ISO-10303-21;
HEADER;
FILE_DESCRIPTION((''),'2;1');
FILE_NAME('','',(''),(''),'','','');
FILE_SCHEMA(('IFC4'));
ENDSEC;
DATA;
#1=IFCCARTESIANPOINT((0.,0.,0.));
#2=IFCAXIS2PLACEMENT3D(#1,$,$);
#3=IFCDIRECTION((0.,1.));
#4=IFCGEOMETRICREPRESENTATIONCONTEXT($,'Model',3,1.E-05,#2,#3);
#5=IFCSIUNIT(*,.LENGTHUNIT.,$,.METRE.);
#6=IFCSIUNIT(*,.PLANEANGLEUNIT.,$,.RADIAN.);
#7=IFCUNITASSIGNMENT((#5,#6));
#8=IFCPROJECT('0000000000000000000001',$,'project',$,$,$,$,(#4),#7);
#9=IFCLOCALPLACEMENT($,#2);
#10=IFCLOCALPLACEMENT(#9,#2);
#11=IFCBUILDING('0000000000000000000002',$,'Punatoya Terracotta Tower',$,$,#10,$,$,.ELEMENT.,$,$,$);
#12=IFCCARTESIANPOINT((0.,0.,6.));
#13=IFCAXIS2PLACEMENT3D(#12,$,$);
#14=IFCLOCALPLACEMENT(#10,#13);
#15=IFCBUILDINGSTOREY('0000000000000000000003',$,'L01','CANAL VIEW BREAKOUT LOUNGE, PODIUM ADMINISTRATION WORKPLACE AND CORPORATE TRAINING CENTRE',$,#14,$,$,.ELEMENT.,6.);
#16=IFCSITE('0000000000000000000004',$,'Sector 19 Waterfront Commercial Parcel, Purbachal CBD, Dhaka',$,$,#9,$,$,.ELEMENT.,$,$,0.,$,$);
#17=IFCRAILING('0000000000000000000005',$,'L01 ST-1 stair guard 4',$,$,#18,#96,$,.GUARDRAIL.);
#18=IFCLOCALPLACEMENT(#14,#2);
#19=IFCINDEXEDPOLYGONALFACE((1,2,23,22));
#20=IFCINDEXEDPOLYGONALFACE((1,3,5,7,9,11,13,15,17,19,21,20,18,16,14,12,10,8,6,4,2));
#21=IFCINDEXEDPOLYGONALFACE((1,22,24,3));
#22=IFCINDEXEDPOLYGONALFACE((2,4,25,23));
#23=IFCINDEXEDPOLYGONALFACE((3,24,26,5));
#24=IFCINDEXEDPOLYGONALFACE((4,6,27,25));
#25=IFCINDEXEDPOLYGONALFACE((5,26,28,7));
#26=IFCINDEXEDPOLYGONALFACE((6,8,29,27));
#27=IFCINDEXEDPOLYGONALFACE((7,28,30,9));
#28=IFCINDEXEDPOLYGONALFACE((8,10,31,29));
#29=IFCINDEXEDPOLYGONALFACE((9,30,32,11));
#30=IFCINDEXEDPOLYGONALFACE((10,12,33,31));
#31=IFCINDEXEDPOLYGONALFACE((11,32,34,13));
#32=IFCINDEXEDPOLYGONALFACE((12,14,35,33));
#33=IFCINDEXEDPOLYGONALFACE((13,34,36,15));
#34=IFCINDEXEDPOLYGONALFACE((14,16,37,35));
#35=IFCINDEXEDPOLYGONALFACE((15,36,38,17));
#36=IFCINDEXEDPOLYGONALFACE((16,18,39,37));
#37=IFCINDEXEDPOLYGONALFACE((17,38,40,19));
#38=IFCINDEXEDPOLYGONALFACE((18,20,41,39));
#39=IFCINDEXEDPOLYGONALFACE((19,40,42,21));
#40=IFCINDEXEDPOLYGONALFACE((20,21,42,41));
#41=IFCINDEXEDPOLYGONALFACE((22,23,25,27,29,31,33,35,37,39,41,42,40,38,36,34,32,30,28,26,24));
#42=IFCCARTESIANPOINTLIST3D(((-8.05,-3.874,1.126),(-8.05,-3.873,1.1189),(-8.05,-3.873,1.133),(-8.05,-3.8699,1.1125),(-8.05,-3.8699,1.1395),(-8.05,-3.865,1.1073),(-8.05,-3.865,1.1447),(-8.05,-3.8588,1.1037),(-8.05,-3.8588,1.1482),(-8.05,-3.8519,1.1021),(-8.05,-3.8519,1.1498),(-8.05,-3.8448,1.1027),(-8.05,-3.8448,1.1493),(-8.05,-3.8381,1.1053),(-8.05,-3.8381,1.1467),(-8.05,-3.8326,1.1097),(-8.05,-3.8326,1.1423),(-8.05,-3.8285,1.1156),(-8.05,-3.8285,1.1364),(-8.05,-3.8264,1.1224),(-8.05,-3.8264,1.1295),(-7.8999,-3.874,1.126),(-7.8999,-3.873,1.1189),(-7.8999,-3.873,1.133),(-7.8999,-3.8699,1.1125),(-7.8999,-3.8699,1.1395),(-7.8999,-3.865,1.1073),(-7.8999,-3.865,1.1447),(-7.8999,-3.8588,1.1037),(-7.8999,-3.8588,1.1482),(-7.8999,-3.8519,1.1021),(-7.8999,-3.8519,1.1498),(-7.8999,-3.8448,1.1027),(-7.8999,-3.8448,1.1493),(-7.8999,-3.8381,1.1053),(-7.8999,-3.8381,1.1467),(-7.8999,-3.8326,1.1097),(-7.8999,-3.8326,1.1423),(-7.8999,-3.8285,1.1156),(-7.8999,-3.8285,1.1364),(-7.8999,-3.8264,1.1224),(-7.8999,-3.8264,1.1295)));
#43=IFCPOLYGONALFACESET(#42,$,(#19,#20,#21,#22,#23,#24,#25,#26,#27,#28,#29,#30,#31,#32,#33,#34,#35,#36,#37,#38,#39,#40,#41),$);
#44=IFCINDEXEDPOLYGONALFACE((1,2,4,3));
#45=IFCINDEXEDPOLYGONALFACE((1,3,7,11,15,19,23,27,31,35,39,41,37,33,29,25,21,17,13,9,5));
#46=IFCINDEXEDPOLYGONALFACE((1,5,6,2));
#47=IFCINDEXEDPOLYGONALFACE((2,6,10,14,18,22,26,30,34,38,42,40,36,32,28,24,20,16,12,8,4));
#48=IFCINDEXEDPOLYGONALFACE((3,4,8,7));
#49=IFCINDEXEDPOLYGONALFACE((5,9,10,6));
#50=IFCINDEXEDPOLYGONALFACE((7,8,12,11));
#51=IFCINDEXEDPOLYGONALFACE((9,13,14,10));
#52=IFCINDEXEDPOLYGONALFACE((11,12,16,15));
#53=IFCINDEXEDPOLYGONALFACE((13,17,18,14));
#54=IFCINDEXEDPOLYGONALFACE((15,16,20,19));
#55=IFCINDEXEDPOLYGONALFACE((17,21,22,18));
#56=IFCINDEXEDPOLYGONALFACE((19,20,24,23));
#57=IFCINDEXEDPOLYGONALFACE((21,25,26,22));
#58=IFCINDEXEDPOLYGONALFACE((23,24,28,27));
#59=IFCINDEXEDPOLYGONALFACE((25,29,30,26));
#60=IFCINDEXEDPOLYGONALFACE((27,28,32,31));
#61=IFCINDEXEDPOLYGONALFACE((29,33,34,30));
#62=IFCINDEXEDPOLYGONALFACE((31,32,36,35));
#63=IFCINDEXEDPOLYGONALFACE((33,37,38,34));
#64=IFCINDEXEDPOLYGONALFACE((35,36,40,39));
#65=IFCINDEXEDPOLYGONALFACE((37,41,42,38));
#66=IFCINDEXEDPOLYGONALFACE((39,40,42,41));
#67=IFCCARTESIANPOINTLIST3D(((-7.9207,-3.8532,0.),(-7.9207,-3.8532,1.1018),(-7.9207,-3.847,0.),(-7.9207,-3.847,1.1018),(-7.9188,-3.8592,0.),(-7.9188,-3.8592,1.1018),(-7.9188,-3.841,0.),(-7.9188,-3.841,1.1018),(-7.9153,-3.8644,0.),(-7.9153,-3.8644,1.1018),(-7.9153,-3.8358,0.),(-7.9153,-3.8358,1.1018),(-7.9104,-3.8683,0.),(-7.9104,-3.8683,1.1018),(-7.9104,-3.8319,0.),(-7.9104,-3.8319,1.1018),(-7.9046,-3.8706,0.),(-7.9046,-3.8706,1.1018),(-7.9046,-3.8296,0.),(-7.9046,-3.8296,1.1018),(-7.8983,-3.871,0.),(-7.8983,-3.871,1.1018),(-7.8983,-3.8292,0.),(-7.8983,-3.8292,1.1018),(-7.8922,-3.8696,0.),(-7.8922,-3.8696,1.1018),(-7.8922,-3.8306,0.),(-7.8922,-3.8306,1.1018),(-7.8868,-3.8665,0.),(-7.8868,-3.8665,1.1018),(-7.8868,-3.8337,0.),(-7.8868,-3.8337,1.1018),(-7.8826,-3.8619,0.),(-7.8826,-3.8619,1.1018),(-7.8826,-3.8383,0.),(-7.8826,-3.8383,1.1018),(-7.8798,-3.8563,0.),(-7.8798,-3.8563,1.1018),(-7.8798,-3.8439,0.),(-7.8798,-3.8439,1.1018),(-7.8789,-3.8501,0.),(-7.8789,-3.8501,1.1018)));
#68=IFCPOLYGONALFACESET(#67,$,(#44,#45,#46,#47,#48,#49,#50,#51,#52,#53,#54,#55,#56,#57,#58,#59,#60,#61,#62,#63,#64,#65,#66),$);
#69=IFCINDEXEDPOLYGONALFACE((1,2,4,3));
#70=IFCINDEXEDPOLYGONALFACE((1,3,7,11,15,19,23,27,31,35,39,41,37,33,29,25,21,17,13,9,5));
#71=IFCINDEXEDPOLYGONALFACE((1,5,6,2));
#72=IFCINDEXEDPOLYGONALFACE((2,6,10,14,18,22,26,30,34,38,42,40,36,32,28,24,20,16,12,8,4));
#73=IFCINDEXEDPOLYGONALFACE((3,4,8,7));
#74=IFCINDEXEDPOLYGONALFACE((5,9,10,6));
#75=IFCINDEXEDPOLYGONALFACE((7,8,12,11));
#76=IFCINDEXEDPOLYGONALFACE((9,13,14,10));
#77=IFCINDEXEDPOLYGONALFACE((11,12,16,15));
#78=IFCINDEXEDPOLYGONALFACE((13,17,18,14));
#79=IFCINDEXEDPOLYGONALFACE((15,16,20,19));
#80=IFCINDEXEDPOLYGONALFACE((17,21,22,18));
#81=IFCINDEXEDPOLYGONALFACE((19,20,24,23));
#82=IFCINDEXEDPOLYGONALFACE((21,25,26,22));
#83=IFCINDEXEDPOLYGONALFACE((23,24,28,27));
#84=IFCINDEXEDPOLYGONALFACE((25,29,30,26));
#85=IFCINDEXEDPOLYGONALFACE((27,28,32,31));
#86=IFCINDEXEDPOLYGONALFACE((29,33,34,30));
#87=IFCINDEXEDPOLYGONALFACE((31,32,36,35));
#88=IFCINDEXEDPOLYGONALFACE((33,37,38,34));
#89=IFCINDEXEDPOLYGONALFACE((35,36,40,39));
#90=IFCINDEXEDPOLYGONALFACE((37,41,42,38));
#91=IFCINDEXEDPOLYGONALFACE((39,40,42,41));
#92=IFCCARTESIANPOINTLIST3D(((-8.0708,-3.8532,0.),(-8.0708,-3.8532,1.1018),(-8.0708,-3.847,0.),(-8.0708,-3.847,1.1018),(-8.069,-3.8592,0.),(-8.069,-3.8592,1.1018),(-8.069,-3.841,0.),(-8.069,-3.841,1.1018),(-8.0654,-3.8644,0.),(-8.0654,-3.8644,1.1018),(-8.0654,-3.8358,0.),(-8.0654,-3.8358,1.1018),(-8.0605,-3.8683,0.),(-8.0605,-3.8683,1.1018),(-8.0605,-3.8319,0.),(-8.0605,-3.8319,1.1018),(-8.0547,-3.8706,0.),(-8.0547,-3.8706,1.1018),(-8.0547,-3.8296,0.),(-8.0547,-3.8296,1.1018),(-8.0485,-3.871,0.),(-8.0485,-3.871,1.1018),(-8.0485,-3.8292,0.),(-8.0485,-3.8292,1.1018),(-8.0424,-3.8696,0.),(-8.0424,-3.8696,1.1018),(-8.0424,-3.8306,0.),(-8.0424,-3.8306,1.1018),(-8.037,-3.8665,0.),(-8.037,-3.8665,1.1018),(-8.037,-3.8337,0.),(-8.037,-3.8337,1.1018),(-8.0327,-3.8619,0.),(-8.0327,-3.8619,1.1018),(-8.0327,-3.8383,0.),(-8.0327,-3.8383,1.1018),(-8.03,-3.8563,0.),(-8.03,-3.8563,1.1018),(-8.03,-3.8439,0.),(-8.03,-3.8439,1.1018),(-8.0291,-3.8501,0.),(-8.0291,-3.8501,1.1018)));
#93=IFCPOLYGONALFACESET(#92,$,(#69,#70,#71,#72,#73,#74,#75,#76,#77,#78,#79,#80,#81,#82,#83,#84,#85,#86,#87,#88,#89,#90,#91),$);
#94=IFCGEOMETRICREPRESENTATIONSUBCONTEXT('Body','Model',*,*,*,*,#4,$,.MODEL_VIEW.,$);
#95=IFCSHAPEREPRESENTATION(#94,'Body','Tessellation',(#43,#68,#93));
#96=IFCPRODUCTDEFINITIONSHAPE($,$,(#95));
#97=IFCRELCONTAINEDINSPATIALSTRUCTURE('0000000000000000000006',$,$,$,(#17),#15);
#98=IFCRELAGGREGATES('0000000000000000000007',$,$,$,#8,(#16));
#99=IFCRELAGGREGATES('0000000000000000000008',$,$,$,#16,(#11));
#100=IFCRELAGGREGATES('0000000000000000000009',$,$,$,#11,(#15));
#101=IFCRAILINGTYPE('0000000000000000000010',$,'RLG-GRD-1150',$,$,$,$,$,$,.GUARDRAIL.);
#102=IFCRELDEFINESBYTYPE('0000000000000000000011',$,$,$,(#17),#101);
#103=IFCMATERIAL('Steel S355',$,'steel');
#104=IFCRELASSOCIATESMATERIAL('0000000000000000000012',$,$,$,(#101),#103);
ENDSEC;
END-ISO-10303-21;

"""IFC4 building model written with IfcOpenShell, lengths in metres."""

from ifc_helpers import new_model, si_unit, direction, frame, origin, origin_2d, place, context, subcontext, project, spatial, circle, extrude, material, type_object, element, save


model = new_model("IFC4")

# Units and contexts
model_context = context("Model", 3, precision=1e-05, world=origin(), true_north=direction((0.0, 1.0)))
body_context = subcontext(model_context, "Body", "Model", "MODEL_VIEW")
ifc_project = project(units=[si_unit("LENGTHUNIT", "METRE"), si_unit("PLANEANGLEUNIT", "RADIAN")], contexts=[model_context])

# Site, building, storey
site_placement = place(None, origin())
site = spatial("IfcSite", under=ifc_project, at=site_placement, Name="Sector 19 Waterfront Commercial Parcel, Purbachal CBD, Dhaka", CompositionType="ELEMENT", RefElevation=0.0)
building_placement = place(site_placement, origin())
building = spatial("IfcBuilding", under=site, at=building_placement, Name="Punatoya Terracotta Tower", CompositionType="ELEMENT")
storey_placement = place(building_placement, frame((0.0, 0.0, 6.0)))
storey = spatial("IfcBuildingStorey", under=building, at=storey_placement, Name="L01", Description="CANAL VIEW BREAKOUT LOUNGE, PODIUM ADMINISTRATION WORKPLACE AND CORPORATE TRAINING CENTRE", CompositionType="ELEMENT", Elevation=6.0)

# Shared definitions
ifc_material_1 = material(Name="Steel S355", Category="steel")

# Railing
railing_type_1 = type_object("IfcRailingType", Name="RLG-GRD-1150", PredefinedType="GUARDRAIL", material=ifc_material_1)
railing_1_placement = place(storey_placement, frame((-7.8999, -3.8501, 0.0)))
element("IfcRailing", 1, at=railing_1_placement, inside=storey, type_object=railing_type_1, Name="L01 ST-1 stair guard 4", PredefinedType="GUARDRAIL", context=body_context, shape_type="SweptSolid", body=[
    extrude(circle(Radius=0.0239, at=origin_2d()), frame((0.0, 0.0, 1.126), z_axis=(-1.0, 0.0, 0.0), x_axis=(0.0, -1.0, 0.0)), (0.0, 0.0, 1.0), 0.1501),
    extrude(circle(Radius=0.021, at=origin_2d()), origin(), (0.0, 0.0, 1.0), 1.1018),
    extrude(circle(Radius=0.021, at=origin_2d()), frame((-0.1501, 0.0, 0.0)), (0.0, 0.0, 1.0), 1.1018),
])

save(model, "model.ifc")
